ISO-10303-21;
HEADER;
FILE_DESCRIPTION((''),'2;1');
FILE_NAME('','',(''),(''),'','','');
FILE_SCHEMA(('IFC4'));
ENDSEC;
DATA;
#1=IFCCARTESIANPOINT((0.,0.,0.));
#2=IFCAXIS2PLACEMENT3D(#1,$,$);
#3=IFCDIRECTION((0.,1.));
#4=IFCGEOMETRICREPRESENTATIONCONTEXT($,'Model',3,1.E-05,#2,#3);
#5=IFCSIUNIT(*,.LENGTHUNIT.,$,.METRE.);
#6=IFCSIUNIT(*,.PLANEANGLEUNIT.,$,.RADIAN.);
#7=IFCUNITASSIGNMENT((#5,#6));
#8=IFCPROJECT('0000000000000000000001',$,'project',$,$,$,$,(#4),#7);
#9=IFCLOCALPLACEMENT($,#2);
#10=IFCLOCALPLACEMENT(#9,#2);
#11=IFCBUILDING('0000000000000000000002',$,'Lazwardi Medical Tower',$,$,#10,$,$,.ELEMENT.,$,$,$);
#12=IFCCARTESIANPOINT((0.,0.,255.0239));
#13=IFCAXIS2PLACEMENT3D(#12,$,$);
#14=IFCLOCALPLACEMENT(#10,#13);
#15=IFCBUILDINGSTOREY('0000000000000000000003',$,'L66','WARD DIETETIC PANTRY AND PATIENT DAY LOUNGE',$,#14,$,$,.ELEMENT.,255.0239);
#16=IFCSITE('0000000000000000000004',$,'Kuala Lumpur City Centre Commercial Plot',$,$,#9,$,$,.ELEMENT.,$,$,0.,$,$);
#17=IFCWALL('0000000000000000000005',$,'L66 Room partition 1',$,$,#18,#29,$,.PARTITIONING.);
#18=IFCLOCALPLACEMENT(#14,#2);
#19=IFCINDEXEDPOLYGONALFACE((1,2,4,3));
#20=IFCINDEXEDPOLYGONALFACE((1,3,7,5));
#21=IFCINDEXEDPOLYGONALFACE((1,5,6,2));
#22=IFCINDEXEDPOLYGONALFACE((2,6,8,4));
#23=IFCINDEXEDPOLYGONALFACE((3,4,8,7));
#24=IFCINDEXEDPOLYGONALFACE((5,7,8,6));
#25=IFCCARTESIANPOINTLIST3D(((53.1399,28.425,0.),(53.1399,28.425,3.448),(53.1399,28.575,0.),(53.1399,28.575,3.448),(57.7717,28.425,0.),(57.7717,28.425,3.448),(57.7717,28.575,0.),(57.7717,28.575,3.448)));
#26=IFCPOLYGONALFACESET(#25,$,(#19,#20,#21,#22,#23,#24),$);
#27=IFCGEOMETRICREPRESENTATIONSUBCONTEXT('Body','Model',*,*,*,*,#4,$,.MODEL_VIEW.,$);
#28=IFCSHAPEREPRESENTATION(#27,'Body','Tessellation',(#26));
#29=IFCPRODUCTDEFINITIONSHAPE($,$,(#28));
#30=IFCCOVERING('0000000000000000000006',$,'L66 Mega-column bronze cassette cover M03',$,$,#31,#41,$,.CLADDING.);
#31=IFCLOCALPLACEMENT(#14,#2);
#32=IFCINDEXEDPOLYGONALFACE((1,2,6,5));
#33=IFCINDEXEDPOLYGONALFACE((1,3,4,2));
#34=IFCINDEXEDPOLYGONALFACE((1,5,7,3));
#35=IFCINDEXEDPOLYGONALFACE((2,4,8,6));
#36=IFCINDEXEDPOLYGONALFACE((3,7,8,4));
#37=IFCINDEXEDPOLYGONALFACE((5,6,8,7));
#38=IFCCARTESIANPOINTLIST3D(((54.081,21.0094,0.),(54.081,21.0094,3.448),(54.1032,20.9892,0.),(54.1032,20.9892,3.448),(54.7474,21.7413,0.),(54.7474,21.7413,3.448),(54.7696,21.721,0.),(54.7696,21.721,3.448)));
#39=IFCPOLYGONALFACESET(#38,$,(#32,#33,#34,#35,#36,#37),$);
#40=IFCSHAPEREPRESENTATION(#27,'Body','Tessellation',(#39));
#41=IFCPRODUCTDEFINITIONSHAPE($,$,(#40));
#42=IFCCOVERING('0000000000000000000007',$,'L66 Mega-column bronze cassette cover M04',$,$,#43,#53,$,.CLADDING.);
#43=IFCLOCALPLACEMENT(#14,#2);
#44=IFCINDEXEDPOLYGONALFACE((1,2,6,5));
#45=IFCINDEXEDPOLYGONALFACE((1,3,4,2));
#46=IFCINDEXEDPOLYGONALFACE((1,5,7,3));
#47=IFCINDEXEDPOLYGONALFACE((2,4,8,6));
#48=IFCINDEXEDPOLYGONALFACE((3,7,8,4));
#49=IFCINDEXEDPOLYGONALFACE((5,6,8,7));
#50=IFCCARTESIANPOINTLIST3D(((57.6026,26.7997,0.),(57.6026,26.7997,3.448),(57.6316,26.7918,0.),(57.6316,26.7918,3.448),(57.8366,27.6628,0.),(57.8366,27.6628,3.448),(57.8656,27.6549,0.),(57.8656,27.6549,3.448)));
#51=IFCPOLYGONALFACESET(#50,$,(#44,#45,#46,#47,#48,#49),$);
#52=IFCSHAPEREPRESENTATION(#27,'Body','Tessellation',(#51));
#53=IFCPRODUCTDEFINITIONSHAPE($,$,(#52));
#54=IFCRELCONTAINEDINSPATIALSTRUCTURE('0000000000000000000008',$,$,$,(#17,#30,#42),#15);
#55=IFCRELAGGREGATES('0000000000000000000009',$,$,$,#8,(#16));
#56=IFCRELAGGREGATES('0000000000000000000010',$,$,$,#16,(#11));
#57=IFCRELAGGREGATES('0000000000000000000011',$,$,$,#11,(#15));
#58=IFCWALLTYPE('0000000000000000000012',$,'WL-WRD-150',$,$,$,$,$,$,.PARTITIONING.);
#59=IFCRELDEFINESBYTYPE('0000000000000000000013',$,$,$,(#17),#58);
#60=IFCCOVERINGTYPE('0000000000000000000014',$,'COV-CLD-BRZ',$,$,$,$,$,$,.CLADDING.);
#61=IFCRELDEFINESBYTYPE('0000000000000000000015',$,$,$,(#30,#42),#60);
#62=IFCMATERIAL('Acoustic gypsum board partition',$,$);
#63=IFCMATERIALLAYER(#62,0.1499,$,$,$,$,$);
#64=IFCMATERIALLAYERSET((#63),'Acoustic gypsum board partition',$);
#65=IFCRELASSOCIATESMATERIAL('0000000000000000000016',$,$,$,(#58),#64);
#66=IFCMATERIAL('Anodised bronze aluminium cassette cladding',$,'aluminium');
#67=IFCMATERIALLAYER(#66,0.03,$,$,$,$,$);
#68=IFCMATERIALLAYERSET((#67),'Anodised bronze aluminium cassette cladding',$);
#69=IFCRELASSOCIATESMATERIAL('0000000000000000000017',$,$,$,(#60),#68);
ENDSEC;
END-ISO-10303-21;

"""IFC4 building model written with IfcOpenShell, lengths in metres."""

from ifc_helpers import new_model, si_unit, direction, frame, frame_2d, origin, origin_2d, place, context, subcontext, project, spatial, rectangle, extrude, material, layer, layer_set, type_object, element, save


model = new_model("IFC4")

# Units and contexts
model_context = context("Model", 3, precision=1e-05, world=origin(), true_north=direction((0.0, 1.0)))
body_context = subcontext(model_context, "Body", "Model", "MODEL_VIEW")
ifc_project = project(units=[si_unit("LENGTHUNIT", "METRE"), si_unit("PLANEANGLEUNIT", "RADIAN")], contexts=[model_context])

# Site, building, storey
site_placement = place(None, origin())
site = spatial("IfcSite", under=ifc_project, at=site_placement, Name="Kuala Lumpur City Centre Commercial Plot", CompositionType="ELEMENT", RefElevation=0.0)
building_placement = place(site_placement, origin())
building = spatial("IfcBuilding", under=site, at=building_placement, Name="Lazwardi Medical Tower", CompositionType="ELEMENT")
storey_placement = place(building_placement, frame((0.0, 0.0, 255.0239)))
storey = spatial("IfcBuildingStorey", under=building, at=storey_placement, Name="L66", Description="WARD DIETETIC PANTRY AND PATIENT DAY LOUNGE", CompositionType="ELEMENT", Elevation=255.0239)

# Wall
ifc_material_1 = material(Name="Acoustic gypsum board partition")
ifc_layer_1 = layer(ifc_material_1, 0.1499)
ifc_layer_set_1 = layer_set([ifc_layer_1], Name="Acoustic gypsum board partition")
wall_type_1 = type_object("IfcWallType", Name="WL-WRD-150", PredefinedType="PARTITIONING", material=ifc_layer_set_1)
wall_1_placement = place(storey_placement, frame((53.1399, 28.5, 0.0), z_axis=(0.0, 0.0, 1.0), x_axis=(1.0, 0.0, 0.0)))
element("IfcWall", 1, at=wall_1_placement, inside=storey, type_object=wall_type_1, Name="L66 Room partition 1", PredefinedType="PARTITIONING", context=body_context, shape_type="SweptSolid", body=[
    extrude(rectangle(XDim=4.6318, YDim=0.1499, at=frame_2d((2.3159, 0.0))), origin(), (0.0, 0.0, 1.0), 3.448),
])

# Coverings
ifc_material_2 = material(Name="Anodised bronze aluminium cassette cladding", Category="aluminium")
ifc_layer_2 = layer(ifc_material_2, 0.03)
ifc_layer_set_2 = layer_set([ifc_layer_2], Name="Anodised bronze aluminium cassette cladding")
covering_type = type_object("IfcCoveringType", Name="COV-CLD-BRZ", PredefinedType="CLADDING", material=ifc_layer_set_2)
covering_1_placement = place(storey_placement, frame((54.4253, 21.3652, 0.0), z_axis=(0.0, 0.0, 1.0), x_axis=(0.673241, 0.739423, 0.0)))
element("IfcCovering", 2, at=covering_1_placement, inside=storey, type_object=covering_type, Name="L66 Mega-column bronze cassette cover M03", PredefinedType="CLADDING", context=body_context, shape_type="SweptSolid", body=[
    extrude(rectangle(XDim=0.9897, YDim=0.03, at=origin_2d()), origin(), (0.0, 0.0, 1.0), 3.448),
])
covering_2_placement = place(storey_placement, frame((57.7341, 27.2273, 0.0), z_axis=(0.0, 0.0, 1.0), x_axis=(0.261642, 0.965165, 0.0)))
element("IfcCovering", 3, at=covering_2_placement, inside=storey, type_object=covering_type, Name="L66 Mega-column bronze cassette cover M04", PredefinedType="CLADDING", context=body_context, shape_type="SweptSolid", body=[
    extrude(rectangle(XDim=0.8943, YDim=0.03, at=origin_2d()), origin(), (0.0, 0.0, 1.0), 3.448),
])

save(model, "model.ifc")
